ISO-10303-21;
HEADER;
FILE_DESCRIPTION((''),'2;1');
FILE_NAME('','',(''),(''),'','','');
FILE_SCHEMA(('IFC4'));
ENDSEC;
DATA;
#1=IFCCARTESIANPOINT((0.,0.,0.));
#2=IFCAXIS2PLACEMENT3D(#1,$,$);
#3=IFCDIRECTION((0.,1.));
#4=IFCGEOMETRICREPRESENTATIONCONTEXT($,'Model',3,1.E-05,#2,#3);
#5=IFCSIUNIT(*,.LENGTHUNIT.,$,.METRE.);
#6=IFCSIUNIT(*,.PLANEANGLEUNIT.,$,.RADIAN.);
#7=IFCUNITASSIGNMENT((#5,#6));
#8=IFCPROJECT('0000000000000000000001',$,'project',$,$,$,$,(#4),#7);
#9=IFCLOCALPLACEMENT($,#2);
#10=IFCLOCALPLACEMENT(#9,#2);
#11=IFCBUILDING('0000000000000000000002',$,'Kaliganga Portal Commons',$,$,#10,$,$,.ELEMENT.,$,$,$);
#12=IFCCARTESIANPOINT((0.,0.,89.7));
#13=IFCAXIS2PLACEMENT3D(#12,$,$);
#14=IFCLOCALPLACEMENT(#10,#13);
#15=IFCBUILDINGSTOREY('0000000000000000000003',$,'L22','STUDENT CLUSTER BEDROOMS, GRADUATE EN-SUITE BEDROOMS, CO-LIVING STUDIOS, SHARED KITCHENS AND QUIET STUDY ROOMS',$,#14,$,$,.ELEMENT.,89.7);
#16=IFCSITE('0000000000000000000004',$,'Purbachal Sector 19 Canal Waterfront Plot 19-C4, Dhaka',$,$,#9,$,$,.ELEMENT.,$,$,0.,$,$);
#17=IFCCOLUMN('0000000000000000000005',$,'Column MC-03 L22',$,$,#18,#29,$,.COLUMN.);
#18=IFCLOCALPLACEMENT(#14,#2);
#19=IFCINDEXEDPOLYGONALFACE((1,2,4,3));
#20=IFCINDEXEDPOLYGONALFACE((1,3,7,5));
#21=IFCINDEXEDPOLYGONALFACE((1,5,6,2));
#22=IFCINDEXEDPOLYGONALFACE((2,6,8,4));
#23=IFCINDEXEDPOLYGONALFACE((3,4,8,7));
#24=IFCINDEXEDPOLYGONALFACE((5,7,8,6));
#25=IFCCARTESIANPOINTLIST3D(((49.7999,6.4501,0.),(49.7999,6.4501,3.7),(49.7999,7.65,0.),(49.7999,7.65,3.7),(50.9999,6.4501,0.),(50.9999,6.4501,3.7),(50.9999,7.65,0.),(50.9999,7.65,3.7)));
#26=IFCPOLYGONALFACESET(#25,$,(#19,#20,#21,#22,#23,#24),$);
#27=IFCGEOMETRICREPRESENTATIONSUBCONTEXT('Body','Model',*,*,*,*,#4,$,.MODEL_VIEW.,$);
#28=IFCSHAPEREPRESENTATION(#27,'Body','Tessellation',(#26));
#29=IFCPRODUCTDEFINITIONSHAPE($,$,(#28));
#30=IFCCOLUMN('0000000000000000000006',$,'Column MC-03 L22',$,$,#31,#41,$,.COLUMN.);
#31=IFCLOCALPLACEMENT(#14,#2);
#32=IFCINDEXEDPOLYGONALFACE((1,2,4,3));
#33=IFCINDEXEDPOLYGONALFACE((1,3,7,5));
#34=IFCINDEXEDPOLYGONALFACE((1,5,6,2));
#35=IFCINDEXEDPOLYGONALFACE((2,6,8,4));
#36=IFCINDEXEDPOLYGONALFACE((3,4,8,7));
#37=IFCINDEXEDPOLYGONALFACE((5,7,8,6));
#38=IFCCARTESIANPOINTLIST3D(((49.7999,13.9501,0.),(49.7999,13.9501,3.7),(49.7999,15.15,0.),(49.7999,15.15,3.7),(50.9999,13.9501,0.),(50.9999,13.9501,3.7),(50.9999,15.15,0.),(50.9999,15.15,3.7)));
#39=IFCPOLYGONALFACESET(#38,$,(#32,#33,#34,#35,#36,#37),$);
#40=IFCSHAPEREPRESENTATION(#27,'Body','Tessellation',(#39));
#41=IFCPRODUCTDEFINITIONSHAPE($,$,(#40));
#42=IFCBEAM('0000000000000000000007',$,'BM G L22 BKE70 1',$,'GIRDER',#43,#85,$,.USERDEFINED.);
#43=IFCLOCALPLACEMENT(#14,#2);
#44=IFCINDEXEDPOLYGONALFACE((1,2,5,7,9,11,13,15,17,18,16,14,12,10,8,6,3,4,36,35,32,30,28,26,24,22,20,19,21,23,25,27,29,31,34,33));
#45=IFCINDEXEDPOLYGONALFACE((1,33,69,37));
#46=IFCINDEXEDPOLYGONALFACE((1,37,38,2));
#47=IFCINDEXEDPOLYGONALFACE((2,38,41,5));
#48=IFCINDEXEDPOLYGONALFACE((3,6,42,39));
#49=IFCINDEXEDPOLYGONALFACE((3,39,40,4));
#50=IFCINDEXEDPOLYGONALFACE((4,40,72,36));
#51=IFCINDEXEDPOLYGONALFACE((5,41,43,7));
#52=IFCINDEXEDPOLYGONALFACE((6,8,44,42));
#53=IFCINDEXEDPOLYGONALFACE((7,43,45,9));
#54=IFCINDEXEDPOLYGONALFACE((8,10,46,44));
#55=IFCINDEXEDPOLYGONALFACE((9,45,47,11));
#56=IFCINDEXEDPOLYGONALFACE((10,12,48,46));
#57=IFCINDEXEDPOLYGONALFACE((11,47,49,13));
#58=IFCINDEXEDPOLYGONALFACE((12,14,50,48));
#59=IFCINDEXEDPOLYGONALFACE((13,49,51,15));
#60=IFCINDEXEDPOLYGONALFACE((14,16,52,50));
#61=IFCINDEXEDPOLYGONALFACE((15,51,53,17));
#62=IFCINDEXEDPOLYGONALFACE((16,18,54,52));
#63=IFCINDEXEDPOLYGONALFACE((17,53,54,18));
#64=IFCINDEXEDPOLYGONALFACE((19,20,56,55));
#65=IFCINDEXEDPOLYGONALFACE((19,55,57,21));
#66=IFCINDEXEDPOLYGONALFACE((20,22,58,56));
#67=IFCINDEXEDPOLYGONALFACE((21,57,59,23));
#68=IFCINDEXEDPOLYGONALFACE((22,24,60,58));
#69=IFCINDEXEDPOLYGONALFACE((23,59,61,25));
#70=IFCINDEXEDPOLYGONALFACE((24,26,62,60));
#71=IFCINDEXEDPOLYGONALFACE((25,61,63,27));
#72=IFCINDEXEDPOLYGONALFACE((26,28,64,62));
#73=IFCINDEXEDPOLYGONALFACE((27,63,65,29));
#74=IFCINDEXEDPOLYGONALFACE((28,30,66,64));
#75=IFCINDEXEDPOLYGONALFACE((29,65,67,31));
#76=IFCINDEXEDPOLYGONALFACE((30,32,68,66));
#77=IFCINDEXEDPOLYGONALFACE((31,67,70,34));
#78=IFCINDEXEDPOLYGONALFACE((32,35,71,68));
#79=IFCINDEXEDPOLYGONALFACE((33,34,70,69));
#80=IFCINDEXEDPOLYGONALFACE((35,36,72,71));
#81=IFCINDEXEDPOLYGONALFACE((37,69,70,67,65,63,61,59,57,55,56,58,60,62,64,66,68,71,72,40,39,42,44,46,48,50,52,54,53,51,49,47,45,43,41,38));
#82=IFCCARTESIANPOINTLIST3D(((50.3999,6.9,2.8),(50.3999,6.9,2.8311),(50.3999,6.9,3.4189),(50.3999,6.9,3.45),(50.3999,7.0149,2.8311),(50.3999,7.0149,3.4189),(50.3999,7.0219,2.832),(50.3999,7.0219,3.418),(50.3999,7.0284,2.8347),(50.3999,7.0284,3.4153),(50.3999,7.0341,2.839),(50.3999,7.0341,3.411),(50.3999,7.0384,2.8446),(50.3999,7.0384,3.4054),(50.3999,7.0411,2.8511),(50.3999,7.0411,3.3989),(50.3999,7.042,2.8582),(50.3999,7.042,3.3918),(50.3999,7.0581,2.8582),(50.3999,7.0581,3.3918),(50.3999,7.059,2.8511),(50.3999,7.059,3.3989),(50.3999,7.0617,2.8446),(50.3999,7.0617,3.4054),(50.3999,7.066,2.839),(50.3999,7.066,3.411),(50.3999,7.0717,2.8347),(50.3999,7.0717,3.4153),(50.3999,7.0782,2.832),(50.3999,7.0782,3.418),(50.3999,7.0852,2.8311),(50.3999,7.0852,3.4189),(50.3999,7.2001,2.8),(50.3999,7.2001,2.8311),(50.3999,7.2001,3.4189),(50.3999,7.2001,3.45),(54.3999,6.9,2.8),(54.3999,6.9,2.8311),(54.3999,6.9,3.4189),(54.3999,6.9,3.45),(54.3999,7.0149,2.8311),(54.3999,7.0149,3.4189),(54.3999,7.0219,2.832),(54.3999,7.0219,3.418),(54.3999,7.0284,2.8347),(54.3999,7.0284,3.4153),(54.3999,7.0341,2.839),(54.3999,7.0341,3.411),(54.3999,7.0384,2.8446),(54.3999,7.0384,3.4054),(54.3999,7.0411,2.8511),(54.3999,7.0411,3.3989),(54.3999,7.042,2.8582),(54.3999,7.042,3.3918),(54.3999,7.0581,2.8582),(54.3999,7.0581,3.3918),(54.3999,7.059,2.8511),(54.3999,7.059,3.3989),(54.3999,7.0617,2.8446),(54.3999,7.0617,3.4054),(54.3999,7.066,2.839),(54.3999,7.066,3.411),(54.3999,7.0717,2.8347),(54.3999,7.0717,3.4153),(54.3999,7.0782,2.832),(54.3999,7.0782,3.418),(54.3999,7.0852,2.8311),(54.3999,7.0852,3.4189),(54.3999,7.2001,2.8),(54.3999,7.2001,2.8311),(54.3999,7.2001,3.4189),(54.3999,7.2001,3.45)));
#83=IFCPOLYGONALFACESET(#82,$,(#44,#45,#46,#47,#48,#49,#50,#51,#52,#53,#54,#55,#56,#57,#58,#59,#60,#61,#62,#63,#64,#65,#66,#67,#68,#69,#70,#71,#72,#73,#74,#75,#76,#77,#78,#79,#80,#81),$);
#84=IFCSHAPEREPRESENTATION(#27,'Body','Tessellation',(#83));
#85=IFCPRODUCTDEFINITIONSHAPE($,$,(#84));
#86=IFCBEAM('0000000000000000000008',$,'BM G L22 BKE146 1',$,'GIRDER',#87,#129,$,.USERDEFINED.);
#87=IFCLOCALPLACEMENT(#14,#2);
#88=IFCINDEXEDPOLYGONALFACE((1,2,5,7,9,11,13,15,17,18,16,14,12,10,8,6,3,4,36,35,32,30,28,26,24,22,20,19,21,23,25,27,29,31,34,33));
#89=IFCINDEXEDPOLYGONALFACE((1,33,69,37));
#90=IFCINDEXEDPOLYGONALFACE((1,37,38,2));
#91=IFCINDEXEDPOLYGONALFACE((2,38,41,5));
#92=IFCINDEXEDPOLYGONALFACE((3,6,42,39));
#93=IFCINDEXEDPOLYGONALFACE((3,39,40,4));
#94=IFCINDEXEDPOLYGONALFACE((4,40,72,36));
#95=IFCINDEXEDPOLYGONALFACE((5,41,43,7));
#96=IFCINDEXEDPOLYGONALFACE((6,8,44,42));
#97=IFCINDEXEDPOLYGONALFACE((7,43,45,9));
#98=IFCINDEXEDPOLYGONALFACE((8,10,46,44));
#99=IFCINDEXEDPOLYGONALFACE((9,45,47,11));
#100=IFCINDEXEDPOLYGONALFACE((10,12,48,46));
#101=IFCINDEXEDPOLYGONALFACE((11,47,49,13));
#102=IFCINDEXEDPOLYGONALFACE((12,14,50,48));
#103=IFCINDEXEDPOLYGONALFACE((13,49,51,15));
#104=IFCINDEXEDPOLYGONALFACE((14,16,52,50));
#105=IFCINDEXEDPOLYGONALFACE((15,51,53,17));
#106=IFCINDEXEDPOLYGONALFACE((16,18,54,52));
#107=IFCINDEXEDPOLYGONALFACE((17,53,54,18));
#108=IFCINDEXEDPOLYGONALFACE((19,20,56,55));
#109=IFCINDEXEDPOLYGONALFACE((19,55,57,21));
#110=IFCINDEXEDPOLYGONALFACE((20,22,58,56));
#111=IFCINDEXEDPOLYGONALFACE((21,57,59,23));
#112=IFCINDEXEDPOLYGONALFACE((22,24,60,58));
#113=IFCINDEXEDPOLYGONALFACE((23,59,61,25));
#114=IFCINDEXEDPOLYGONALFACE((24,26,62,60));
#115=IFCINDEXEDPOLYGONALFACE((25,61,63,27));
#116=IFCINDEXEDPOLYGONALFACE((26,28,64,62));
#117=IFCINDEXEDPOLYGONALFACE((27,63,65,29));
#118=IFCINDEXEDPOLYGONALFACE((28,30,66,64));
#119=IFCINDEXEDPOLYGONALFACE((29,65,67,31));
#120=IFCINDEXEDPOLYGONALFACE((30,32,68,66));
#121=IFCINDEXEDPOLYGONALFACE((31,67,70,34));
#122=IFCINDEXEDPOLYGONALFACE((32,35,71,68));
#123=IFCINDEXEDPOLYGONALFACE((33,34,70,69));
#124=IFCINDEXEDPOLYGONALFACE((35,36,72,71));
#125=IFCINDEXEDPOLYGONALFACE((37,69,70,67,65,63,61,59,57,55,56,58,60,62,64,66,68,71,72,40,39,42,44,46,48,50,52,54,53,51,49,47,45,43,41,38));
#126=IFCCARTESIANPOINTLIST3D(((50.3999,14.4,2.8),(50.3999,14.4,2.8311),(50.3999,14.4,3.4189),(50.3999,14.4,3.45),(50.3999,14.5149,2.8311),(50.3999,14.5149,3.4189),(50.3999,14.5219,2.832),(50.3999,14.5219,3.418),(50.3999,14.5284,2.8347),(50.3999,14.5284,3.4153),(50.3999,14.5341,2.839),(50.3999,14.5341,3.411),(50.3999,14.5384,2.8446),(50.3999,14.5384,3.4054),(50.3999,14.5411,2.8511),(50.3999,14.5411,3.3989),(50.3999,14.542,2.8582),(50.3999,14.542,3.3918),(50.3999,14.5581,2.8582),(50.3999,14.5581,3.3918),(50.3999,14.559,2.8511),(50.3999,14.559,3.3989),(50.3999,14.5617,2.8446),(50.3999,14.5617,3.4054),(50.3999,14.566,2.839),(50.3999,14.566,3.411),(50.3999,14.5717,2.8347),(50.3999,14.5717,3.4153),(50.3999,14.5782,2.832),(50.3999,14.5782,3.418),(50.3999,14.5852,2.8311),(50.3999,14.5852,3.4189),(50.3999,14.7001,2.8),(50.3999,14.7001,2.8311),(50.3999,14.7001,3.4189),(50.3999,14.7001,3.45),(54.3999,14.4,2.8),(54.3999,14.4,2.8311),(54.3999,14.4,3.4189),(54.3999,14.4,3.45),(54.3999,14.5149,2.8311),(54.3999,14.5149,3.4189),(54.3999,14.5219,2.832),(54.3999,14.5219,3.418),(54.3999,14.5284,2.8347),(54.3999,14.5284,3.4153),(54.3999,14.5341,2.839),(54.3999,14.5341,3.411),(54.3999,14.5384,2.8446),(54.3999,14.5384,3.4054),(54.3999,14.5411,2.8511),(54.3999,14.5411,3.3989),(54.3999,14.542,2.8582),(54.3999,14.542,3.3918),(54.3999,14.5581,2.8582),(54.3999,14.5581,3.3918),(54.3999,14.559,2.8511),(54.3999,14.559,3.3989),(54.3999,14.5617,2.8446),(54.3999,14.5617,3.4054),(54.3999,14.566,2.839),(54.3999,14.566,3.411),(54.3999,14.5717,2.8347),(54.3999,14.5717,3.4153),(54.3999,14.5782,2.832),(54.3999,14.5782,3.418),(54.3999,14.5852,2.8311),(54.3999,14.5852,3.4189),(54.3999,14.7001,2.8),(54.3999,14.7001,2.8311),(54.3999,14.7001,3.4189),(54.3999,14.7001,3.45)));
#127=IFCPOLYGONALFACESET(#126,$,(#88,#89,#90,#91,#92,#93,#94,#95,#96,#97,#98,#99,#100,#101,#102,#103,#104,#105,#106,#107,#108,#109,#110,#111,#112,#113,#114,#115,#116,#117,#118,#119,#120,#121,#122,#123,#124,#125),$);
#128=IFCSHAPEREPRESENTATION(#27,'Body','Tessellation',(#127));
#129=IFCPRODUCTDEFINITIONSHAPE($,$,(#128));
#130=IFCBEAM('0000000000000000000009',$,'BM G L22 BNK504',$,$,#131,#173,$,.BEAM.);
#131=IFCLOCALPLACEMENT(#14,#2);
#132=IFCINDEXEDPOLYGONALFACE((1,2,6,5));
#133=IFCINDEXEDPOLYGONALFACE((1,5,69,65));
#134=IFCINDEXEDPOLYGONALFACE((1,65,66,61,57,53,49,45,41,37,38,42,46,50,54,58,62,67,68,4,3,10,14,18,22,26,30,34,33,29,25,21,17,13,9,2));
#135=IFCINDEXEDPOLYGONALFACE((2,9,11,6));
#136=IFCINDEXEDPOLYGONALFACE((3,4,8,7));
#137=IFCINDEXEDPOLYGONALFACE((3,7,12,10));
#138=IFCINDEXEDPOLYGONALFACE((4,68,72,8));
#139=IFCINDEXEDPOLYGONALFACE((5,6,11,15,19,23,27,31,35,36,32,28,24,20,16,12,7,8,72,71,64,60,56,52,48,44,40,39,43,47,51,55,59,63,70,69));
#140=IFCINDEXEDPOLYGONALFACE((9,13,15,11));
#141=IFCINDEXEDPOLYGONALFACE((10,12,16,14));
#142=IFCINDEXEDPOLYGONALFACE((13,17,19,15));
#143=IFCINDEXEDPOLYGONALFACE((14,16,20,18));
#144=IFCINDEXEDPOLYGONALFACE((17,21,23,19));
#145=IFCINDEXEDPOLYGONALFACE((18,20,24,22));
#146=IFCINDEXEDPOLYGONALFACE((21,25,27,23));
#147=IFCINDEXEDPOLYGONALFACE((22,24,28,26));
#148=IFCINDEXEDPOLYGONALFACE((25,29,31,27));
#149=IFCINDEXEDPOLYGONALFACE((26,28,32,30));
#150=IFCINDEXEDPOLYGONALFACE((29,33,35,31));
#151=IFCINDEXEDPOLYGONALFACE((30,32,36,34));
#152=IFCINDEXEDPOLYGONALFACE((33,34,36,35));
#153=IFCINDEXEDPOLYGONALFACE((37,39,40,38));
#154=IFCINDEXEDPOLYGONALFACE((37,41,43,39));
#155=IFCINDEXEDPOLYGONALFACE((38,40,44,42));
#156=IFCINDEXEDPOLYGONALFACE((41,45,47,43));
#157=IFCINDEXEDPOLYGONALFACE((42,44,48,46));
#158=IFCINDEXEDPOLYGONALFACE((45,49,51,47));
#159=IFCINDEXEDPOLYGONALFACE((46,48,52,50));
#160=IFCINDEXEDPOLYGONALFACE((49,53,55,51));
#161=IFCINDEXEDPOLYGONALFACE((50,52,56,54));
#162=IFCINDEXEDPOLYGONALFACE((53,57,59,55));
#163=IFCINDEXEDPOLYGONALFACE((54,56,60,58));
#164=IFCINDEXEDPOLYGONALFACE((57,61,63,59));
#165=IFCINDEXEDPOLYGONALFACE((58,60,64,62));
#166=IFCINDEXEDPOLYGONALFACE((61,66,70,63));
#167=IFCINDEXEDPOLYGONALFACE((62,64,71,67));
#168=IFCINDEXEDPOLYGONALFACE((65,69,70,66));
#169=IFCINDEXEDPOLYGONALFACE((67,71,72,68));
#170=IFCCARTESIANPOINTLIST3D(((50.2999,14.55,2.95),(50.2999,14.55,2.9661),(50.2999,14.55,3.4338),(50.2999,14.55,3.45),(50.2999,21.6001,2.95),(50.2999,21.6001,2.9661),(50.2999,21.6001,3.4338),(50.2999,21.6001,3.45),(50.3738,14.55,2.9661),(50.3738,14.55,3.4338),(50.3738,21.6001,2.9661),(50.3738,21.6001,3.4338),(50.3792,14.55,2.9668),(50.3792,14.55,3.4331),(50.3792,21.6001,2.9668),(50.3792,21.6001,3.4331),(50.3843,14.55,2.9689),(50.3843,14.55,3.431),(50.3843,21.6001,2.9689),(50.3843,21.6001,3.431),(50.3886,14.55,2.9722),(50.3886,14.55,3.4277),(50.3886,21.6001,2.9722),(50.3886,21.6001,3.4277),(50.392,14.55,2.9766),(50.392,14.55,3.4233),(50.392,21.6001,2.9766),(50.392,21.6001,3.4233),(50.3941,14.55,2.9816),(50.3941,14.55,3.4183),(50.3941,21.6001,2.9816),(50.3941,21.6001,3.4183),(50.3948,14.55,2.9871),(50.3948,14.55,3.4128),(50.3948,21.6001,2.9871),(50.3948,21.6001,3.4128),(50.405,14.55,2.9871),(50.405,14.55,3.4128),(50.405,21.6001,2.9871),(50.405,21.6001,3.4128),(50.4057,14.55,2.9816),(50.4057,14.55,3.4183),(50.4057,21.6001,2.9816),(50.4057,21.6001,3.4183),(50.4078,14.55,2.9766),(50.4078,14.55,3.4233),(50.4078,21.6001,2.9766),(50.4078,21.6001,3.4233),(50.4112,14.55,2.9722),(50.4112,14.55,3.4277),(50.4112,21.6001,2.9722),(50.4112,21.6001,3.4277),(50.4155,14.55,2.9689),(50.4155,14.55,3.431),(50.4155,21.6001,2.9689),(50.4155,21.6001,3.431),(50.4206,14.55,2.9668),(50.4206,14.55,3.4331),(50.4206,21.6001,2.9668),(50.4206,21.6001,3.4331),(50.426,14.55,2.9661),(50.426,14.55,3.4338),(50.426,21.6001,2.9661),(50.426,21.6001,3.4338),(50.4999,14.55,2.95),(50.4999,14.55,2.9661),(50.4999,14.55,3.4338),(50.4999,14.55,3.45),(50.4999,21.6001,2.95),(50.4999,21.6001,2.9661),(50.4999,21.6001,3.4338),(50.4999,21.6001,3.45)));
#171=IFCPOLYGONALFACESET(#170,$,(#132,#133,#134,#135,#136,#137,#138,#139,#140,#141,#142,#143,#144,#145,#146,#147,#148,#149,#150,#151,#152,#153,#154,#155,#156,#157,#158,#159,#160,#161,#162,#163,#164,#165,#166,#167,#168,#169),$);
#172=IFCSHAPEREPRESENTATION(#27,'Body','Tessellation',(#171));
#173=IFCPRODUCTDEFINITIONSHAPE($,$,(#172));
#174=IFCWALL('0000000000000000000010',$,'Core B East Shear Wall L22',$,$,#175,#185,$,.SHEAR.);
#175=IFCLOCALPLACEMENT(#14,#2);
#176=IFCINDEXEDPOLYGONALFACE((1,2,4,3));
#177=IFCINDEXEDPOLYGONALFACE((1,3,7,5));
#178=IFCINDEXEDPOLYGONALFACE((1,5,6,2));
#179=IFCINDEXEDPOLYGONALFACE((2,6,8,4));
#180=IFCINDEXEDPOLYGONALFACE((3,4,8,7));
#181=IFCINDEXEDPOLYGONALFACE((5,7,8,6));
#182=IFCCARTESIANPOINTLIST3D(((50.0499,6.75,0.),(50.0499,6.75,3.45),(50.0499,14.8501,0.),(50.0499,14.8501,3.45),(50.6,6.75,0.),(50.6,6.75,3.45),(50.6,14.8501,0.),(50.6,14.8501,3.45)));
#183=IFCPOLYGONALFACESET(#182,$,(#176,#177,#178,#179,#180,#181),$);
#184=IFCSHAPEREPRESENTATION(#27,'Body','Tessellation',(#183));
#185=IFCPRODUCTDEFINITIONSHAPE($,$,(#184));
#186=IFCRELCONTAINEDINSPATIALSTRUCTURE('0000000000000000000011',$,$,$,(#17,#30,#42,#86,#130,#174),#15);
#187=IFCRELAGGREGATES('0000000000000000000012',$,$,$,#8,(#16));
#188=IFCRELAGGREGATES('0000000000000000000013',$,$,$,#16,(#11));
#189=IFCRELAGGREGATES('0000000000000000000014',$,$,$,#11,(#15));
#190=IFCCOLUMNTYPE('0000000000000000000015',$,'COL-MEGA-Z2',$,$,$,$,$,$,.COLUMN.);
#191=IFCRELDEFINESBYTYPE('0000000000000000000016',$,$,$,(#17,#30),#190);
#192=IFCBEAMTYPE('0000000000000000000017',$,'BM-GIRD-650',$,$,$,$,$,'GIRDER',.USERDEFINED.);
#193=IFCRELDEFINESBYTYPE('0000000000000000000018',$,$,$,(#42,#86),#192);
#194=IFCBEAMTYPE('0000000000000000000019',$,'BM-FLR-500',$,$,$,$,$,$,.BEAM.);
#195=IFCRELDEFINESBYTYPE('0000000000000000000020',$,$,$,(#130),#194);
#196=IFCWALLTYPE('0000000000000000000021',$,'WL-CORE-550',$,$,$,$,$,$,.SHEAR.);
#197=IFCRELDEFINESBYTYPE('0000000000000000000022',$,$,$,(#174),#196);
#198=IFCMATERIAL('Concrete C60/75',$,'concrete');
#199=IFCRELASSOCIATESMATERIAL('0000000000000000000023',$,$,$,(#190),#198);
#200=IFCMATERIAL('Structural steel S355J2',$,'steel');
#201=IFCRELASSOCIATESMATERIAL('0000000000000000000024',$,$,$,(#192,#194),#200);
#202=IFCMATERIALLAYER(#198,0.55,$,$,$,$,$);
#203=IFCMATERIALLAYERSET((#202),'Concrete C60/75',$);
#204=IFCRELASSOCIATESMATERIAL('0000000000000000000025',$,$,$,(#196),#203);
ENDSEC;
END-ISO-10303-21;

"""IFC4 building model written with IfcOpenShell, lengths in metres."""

from ifc_helpers import new_model, si_unit, direction, frame, frame_2d, origin, origin_2d, place, context, subcontext, project, spatial, rectangle, i_section, extrude, source, transform, mapped, material, layer, layer_set, material_profile, profile_set, type_object, element, save


model = new_model("IFC4")

# Units and contexts
model_context = context("Model", 3, precision=1e-05, world=origin(), true_north=direction((0.0, 1.0)))
body_context = subcontext(model_context, "Body", "Model", "MODEL_VIEW")
ifc_project = project(units=[si_unit("LENGTHUNIT", "METRE"), si_unit("PLANEANGLEUNIT", "RADIAN")], contexts=[model_context])

# Site, building, storey
site_placement = place(None, origin())
site = spatial("IfcSite", under=ifc_project, at=site_placement, Name="Purbachal Sector 19 Canal Waterfront Plot 19-C4, Dhaka", CompositionType="ELEMENT", RefElevation=0.0)
building_placement = place(site_placement, origin())
building = spatial("IfcBuilding", under=site, at=building_placement, Name="Kaliganga Portal Commons", CompositionType="ELEMENT")
storey_placement = place(building_placement, frame((0.0, 0.0, 89.7)))
storey = spatial("IfcBuildingStorey", under=building, at=storey_placement, Name="L22", Description="STUDENT CLUSTER BEDROOMS, GRADUATE EN-SUITE BEDROOMS, CO-LIVING STUDIOS, SHARED KITCHENS AND QUIET STUDY ROOMS", CompositionType="ELEMENT", Elevation=89.7)

# Columns
ifc_material_1 = material(Name="Concrete C60/75", Category="concrete")
ifc_material_profile_1 = material_profile(ifc_material_1, rectangle(XDim=1.2, YDim=1.2, at=origin_2d()), Name="RC 1200x1200")
ifc_profile_set_1 = profile_set([ifc_material_profile_1], Name="Concrete C60/75")
column_type = type_object("IfcColumnType", Name="COL-MEGA-Z2", PredefinedType="COLUMN", material=ifc_profile_set_1)
shared_shape_1 = source(origin(), body_context, "Body", "SweptSolid", [
    extrude(rectangle(XDim=1.2, YDim=1.2, at=origin_2d()), origin(), (0.0, 0.0, 1.0), 3.7),
])
for number, where, z_axis, x_axis, name in (
    (1, (50.3999, 7.05, 0.0), (0.0, 0.0, 1.0), (1.0, 0.0, 0.0), "Column MC-03 L22"),
    (2, (50.3999, 14.55, 0.0), (0.0, 0.0, 1.0), (1.0, 0.0, 0.0), "Column MC-03 L22"),
):
    element("IfcColumn", number, at=place(storey_placement, frame(where, z_axis=z_axis, x_axis=x_axis)), inside=storey, type_object=column_type, Name=name, PredefinedType="COLUMN", context=body_context, shape_type="MappedRepresentation", body=[
        mapped(shared_shape_1, transform((0.0, 0.0, 0.0), x_axis=(1.0, 0.0, 0.0), y_axis=(0.0, 1.0, 0.0), z_axis=(0.0, 0.0, 1.0), scale=1.0)),
    ])

# Beams
ifc_material_2 = material(Name="Structural steel S355J2", Category="steel")
ifc_material_profile_2 = material_profile(ifc_material_2, i_section(OverallWidth=0.3, OverallDepth=0.6499, WebThickness=0.0161, FlangeThickness=0.031, FilletRadius=0.0271, at=origin_2d()), Name="HE 650 B")
ifc_profile_set_2 = profile_set([ifc_material_profile_2], Name="Structural steel S355J2 wide-flange")
beam_type_1 = type_object("IfcBeamType", Name="BM-GIRD-650", ElementType="GIRDER", PredefinedType="USERDEFINED", material=ifc_profile_set_2)
shared_shape_2 = source(origin(), body_context, "Body", "SweptSolid", [
    extrude(i_section(OverallWidth=0.3, OverallDepth=0.6499, WebThickness=0.0161, FlangeThickness=0.031, FilletRadius=0.0271, at=origin_2d()), origin(), (0.0, 0.0, 1.0), 4.0),
])
for number, where, z_axis, x_axis, name in (
    (3, (50.3999, 7.05, 3.125), (1.0, 0.0, 0.0), (0.0, 1.0, 0.0), "BM G L22 BKE70 1"),
    (4, (50.3999, 14.55, 3.125), (1.0, 0.0, 0.0), (0.0, 1.0, 0.0), "BM G L22 BKE146 1"),
):
    element("IfcBeam", number, at=place(storey_placement, frame(where, z_axis=z_axis, x_axis=x_axis)), inside=storey, type_object=beam_type_1, Name=name, ObjectType="GIRDER", PredefinedType="USERDEFINED", context=body_context, shape_type="MappedRepresentation", body=[
        mapped(shared_shape_2, transform((0.0, 0.0, 0.0), x_axis=(1.0, 0.0, 0.0), y_axis=(0.0, 1.0, 0.0), z_axis=(0.0, 0.0, 1.0), scale=1.0)),
    ])
ifc_material_profile_3 = material_profile(ifc_material_2, i_section(OverallWidth=0.2, OverallDepth=0.5, WebThickness=0.0103, FlangeThickness=0.0161, FilletRadius=0.021, at=origin_2d()), Name="IPE 500")
ifc_profile_set_3 = profile_set([ifc_material_profile_3], Name="Structural steel S355J2 wide-flange")
beam_type_2 = type_object("IfcBeamType", Name="BM-FLR-500", PredefinedType="BEAM", material=ifc_profile_set_3)
shared_shape_3 = source(origin(), body_context, "Body", "SweptSolid", [
    extrude(i_section(OverallWidth=0.2, OverallDepth=0.5, WebThickness=0.0103, FlangeThickness=0.0161, FilletRadius=0.021, at=origin_2d()), origin(), (0.0, 0.0, 1.0), 7.05),
])
beam_placement = place(storey_placement, frame((50.3999, 14.55, 3.2), z_axis=(0.0, 1.0, 0.0), x_axis=(-1.0, 0.0, 0.0)))
element("IfcBeam", 5, at=beam_placement, inside=storey, type_object=beam_type_2, Name="BM G L22 BNK504", PredefinedType="BEAM", context=body_context, shape_type="MappedRepresentation", body=[
    mapped(shared_shape_3, transform((0.0, 0.0, 0.0), x_axis=(1.0, 0.0, 0.0), y_axis=(0.0, 1.0, 0.0), z_axis=(0.0, 0.0, 1.0), scale=1.0)),
])

# Wall
ifc_layer_1 = layer(ifc_material_1, 0.55)
ifc_layer_set_1 = layer_set([ifc_layer_1], Name="Concrete C60/75")
wall_type_1 = type_object("IfcWallType", Name="WL-CORE-550", PredefinedType="SHEAR", material=ifc_layer_set_1)
wall_1_placement = place(storey_placement, frame((50.325, 6.75, 0.0), z_axis=(0.0, 0.0, 1.0), x_axis=(0.0, 1.0, 0.0)))
element("IfcWall", 6, at=wall_1_placement, inside=storey, type_object=wall_type_1, Name="Core B East Shear Wall L22", PredefinedType="SHEAR", context=body_context, shape_type="SweptSolid", body=[
    extrude(rectangle(XDim=8.1001, YDim=0.55, at=frame_2d((4.05, 0.0))), origin(), (0.0, 0.0, 1.0), 3.45),
])

save(model, "model.ifc")
